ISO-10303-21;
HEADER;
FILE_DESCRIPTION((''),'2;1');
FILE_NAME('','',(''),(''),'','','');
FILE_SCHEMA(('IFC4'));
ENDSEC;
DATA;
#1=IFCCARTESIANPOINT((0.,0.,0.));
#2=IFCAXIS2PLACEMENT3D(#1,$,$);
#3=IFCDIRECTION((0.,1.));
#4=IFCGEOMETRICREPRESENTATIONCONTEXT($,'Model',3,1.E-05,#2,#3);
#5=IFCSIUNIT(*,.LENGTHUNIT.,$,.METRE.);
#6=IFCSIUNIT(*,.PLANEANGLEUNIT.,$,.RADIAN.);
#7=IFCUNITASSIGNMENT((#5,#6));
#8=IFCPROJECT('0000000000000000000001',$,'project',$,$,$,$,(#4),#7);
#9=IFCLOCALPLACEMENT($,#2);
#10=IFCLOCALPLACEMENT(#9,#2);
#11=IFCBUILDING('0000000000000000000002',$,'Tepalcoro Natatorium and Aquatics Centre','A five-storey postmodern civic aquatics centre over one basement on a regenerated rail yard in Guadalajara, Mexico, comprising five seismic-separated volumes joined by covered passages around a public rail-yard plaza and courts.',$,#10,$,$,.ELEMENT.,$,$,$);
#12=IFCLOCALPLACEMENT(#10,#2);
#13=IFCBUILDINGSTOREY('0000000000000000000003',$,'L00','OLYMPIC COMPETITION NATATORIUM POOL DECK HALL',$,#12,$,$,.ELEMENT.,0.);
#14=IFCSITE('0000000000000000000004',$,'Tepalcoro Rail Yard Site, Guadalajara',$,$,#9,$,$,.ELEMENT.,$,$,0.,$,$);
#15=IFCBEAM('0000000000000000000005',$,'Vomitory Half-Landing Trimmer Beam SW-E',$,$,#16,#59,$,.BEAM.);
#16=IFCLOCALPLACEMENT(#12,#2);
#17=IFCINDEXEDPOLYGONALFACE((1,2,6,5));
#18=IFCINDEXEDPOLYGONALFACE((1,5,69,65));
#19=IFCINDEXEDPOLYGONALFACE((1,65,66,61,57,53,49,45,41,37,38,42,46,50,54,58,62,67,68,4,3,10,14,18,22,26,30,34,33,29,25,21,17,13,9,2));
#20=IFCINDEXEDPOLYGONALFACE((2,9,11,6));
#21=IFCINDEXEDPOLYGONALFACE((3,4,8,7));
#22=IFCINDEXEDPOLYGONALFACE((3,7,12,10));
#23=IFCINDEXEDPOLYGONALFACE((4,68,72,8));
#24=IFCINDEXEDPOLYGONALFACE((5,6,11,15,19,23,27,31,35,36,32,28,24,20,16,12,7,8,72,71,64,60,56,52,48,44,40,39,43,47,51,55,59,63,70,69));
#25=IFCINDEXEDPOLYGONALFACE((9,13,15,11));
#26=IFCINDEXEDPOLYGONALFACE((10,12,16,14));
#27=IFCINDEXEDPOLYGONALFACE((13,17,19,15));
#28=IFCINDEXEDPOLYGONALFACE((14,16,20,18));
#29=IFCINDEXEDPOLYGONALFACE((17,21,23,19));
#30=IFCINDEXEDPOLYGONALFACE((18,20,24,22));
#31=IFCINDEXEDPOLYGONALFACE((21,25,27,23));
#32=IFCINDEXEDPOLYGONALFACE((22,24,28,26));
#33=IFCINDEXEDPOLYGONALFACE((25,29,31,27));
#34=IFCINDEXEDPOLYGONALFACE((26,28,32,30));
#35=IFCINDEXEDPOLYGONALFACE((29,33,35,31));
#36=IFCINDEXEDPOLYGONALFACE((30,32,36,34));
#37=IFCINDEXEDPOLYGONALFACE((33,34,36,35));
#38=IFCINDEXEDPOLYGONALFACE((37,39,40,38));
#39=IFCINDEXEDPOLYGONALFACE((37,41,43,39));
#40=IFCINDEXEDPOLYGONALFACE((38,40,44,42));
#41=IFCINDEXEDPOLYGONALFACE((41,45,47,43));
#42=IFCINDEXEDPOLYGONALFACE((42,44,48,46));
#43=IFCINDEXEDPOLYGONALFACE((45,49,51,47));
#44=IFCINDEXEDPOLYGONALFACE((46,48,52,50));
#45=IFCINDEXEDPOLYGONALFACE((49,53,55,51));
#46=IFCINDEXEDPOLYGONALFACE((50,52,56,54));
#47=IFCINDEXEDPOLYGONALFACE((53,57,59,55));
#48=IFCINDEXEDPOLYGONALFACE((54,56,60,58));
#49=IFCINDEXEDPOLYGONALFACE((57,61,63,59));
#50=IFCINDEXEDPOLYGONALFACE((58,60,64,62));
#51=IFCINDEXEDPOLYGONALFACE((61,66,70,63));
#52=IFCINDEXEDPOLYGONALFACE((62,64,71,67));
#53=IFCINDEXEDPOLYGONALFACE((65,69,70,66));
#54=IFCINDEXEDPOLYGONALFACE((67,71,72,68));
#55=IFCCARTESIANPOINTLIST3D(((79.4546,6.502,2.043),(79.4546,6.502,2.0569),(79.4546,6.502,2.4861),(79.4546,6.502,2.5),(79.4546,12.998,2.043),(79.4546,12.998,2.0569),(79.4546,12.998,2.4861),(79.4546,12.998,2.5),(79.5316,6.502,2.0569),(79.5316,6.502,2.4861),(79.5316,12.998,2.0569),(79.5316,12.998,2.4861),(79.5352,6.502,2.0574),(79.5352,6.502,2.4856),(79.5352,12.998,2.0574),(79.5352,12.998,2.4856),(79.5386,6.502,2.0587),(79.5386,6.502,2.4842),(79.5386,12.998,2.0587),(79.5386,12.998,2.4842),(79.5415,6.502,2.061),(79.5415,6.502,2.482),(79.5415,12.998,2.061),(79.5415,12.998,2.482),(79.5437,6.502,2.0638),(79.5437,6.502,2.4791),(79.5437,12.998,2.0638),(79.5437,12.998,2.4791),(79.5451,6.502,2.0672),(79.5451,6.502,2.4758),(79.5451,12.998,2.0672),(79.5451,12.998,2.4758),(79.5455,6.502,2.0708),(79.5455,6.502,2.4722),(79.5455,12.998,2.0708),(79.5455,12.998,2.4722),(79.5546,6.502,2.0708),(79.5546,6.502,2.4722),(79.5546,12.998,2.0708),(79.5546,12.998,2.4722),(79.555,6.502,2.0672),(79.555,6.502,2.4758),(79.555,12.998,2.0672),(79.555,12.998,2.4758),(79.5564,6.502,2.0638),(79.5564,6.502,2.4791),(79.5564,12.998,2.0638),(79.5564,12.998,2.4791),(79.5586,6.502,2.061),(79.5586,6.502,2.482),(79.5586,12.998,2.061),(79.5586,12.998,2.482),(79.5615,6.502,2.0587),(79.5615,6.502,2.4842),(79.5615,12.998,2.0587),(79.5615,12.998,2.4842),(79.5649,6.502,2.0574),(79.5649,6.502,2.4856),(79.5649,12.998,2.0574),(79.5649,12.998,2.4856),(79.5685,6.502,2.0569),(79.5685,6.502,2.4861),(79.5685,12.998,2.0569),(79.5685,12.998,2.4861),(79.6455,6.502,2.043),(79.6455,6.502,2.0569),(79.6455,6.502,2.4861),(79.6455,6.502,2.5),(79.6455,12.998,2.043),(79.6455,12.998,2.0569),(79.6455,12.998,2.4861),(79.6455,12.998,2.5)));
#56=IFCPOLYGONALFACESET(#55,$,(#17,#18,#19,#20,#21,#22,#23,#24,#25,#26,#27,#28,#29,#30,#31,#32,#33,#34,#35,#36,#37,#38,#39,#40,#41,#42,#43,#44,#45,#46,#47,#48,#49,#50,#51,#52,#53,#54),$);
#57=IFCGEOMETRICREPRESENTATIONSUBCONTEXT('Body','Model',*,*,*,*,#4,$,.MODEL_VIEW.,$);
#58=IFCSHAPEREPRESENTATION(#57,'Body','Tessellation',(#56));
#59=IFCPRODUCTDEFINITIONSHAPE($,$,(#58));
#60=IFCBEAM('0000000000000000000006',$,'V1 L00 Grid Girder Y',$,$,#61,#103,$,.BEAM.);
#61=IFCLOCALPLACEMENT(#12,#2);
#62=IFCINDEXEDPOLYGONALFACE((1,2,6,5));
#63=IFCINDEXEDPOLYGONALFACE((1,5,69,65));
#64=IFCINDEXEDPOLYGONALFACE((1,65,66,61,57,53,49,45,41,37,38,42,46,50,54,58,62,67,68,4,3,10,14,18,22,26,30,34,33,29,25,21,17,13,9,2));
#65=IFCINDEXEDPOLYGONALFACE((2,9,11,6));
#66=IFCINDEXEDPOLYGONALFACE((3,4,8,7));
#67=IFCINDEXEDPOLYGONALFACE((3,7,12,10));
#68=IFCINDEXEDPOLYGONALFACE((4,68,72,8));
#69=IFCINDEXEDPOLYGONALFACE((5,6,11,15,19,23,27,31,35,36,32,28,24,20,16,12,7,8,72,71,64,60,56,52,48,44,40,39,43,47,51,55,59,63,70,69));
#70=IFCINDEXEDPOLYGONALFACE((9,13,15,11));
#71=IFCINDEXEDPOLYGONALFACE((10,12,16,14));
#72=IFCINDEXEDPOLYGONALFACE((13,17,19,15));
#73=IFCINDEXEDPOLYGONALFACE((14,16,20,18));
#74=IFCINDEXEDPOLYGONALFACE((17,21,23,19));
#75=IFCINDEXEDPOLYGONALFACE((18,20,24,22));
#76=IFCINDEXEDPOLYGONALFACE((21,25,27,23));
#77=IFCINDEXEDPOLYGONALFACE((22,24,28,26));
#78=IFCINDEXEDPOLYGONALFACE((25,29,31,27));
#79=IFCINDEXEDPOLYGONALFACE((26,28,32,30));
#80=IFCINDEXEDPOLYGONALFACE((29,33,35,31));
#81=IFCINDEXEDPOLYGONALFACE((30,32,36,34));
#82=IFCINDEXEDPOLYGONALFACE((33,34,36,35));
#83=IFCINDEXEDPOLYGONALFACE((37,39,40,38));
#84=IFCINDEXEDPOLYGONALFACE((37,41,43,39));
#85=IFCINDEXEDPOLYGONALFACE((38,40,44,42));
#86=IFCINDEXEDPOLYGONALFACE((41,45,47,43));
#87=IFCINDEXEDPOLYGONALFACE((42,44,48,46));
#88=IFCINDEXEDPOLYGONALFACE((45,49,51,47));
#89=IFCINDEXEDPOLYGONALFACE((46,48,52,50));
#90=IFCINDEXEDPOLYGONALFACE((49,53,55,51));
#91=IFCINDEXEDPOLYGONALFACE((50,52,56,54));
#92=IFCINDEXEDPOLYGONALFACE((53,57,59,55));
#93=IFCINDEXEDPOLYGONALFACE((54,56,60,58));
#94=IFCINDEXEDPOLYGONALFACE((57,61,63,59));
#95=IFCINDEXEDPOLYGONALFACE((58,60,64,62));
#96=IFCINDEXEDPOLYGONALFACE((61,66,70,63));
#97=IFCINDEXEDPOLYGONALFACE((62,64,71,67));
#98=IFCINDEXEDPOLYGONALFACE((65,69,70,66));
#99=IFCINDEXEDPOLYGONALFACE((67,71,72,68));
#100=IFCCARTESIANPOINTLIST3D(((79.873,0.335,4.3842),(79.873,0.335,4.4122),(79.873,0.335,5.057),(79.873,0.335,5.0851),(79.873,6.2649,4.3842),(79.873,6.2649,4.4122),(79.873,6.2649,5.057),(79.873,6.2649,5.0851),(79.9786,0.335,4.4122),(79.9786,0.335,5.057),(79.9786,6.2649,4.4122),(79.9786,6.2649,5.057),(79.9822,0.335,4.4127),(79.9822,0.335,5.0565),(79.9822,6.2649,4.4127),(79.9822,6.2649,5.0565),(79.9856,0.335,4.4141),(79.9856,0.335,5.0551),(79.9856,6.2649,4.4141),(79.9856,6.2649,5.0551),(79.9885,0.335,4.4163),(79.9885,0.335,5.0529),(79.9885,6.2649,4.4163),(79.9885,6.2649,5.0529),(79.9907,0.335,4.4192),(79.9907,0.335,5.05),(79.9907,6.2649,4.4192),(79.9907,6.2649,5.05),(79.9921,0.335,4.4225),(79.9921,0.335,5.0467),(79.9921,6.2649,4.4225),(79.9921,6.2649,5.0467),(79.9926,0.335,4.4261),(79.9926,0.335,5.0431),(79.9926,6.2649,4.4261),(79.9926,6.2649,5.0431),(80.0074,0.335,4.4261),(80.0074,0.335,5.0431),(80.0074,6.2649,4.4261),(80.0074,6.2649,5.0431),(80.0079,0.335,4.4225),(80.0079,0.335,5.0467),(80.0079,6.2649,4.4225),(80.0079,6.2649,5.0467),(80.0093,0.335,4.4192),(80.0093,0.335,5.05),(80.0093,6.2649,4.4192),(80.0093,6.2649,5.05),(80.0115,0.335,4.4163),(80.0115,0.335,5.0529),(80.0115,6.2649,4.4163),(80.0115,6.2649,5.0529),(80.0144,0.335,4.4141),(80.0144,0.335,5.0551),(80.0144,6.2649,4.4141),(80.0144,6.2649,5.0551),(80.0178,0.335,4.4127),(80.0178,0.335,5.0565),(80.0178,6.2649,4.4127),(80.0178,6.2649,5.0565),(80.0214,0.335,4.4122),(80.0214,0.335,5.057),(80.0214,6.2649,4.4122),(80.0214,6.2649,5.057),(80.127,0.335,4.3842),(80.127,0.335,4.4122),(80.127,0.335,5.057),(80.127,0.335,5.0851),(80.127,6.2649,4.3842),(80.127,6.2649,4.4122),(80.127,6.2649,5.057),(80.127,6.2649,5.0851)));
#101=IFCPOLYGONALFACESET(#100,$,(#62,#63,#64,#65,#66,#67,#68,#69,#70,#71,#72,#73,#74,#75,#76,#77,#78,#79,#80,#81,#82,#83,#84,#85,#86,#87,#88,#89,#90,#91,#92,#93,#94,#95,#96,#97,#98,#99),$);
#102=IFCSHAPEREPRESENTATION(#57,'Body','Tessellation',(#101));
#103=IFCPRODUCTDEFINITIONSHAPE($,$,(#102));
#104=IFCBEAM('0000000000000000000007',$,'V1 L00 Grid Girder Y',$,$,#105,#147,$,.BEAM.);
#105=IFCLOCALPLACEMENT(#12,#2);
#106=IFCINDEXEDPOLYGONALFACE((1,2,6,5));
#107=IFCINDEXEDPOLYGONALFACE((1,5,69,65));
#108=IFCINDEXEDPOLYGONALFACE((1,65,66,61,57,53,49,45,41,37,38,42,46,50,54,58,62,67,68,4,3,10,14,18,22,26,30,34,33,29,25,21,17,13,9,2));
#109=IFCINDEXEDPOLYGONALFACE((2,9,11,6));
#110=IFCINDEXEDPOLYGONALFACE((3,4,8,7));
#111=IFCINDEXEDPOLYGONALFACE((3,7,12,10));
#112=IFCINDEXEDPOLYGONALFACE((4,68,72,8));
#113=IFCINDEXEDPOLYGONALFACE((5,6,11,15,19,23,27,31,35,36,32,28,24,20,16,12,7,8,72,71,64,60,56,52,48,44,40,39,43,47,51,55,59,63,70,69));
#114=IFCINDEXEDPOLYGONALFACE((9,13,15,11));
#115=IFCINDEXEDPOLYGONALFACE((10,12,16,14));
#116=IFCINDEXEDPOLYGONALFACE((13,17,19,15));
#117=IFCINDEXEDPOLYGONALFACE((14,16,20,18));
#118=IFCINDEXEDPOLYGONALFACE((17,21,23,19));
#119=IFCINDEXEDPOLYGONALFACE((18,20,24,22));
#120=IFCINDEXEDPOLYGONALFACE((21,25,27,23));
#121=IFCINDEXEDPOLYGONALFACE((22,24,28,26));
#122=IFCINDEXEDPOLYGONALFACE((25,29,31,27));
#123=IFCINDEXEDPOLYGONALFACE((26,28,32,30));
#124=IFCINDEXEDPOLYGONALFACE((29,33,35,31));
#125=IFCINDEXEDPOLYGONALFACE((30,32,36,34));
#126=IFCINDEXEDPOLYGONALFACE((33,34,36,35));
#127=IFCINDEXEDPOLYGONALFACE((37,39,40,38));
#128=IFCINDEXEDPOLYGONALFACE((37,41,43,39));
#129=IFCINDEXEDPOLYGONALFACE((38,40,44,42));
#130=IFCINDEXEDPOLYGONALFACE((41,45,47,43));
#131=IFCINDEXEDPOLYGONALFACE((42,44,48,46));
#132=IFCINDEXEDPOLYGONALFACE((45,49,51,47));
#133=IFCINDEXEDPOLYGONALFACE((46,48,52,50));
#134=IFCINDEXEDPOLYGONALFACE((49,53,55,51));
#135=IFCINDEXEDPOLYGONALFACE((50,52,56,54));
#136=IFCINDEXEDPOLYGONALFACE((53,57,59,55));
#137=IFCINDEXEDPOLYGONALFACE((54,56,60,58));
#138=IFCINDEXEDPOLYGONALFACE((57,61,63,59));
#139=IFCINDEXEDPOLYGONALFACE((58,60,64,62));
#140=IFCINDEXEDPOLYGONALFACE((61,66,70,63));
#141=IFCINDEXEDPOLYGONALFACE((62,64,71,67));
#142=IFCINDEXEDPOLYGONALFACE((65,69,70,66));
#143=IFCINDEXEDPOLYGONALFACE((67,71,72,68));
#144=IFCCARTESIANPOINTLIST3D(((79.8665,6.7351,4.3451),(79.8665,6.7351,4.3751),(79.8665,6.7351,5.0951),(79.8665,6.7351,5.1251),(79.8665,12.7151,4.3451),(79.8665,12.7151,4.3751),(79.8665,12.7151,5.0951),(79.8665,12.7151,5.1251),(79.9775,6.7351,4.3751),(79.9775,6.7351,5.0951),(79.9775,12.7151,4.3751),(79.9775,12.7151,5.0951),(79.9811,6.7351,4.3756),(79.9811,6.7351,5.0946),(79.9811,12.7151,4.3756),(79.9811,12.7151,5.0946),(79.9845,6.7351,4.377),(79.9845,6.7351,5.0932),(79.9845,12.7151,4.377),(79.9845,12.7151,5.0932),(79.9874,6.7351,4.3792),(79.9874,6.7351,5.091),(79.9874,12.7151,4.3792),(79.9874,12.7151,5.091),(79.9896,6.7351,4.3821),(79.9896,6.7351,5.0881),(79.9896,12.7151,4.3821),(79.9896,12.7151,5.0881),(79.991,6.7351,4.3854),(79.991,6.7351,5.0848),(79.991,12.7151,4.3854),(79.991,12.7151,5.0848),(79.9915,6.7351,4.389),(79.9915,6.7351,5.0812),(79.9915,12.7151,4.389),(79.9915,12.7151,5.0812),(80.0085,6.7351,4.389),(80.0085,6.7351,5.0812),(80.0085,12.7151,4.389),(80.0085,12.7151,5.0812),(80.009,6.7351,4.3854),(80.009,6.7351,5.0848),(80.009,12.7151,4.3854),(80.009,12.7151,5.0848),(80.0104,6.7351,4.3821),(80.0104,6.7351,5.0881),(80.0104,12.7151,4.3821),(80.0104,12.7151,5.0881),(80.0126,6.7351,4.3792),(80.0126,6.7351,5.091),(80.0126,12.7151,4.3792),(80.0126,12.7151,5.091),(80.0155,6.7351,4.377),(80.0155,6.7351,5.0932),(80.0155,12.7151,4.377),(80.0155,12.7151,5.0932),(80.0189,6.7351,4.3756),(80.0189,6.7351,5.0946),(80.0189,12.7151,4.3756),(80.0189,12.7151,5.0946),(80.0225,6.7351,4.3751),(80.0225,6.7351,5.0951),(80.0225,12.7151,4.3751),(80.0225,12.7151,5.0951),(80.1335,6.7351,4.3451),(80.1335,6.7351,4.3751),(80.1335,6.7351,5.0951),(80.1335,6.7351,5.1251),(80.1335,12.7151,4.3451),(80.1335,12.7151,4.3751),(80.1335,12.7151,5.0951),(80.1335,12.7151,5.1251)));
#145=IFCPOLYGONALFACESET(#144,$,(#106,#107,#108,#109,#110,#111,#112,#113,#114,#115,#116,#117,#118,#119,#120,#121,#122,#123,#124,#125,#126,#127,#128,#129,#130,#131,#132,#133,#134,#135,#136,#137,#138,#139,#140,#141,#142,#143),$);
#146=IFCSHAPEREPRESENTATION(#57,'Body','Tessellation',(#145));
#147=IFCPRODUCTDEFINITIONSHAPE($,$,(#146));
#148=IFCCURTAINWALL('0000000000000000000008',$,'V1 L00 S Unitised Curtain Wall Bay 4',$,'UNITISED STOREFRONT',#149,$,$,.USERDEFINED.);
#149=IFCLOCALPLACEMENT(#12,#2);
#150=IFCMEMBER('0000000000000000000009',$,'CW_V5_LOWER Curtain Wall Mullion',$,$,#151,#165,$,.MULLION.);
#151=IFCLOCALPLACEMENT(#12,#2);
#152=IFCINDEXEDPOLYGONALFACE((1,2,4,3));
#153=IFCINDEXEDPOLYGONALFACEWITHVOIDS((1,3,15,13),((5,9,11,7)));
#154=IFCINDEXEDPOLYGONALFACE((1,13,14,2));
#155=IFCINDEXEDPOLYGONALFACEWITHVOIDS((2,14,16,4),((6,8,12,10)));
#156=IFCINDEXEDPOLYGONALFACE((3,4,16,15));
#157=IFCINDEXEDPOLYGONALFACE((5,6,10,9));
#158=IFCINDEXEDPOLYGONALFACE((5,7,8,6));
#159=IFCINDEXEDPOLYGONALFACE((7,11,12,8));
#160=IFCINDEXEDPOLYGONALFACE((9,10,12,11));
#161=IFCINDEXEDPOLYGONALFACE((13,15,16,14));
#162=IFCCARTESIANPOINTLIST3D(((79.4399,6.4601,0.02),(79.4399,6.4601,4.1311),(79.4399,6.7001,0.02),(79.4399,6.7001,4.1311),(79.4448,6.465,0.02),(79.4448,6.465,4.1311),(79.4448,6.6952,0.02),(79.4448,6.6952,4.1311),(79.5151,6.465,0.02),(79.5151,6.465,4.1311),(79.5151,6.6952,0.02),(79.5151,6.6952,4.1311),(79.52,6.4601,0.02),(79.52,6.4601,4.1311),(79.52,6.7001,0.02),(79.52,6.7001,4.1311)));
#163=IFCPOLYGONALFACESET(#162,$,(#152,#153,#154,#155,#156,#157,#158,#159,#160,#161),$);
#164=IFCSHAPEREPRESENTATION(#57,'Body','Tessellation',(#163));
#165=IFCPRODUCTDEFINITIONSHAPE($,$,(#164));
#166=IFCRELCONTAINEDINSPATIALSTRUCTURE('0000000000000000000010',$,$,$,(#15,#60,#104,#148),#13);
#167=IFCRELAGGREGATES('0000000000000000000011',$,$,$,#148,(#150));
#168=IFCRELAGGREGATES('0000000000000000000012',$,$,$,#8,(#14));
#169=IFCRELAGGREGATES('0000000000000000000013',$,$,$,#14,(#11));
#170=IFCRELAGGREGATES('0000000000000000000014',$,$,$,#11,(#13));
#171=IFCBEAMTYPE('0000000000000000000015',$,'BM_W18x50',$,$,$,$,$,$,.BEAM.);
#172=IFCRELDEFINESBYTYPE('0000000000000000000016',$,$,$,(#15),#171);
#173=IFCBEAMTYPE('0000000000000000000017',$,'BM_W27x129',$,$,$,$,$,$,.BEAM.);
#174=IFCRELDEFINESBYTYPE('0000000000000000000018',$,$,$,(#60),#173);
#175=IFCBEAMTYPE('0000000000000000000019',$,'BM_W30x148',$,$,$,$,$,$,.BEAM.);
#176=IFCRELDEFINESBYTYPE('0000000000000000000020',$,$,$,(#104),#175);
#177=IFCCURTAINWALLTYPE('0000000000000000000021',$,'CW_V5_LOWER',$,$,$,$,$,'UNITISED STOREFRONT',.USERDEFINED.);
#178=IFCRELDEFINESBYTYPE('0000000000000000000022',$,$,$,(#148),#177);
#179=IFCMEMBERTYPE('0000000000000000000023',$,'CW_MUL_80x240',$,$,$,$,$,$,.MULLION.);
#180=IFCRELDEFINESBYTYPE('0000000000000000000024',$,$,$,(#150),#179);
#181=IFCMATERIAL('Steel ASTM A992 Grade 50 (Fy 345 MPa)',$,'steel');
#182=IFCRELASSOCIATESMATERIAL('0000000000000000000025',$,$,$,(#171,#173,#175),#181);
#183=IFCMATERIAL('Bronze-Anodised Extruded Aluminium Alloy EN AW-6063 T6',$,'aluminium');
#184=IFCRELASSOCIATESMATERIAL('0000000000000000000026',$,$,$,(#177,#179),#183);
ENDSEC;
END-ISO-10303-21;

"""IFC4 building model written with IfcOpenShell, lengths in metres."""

from ifc_helpers import new_model, si_unit, direction, frame, origin, origin_2d, place, context, subcontext, project, spatial, hollow_rectangle, i_section, extrude, material, material_profile, profile_set, type_object, element, aggregate, save


model = new_model("IFC4")

# Units and contexts
model_context = context("Model", 3, precision=1e-05, world=origin(), true_north=direction((0.0, 1.0)))
body_context = subcontext(model_context, "Body", "Model", "MODEL_VIEW")
ifc_project = project(units=[si_unit("LENGTHUNIT", "METRE"), si_unit("PLANEANGLEUNIT", "RADIAN")], contexts=[model_context])

# Site, building, storey
site_placement = place(None, origin())
site = spatial("IfcSite", under=ifc_project, at=site_placement, Name="Tepalcoro Rail Yard Site, Guadalajara", CompositionType="ELEMENT", RefElevation=0.0)
building_placement = place(site_placement, origin())
building = spatial("IfcBuilding", under=site, at=building_placement, Name="Tepalcoro Natatorium and Aquatics Centre", Description="A five-storey postmodern civic aquatics centre over one basement on a regenerated rail yard in Guadalajara, Mexico, comprising five seismic-separated volumes joined by covered passages around a public rail-yard plaza and courts.", CompositionType="ELEMENT")
storey_placement = place(building_placement, origin())
storey = spatial("IfcBuildingStorey", under=building, at=storey_placement, Name="L00", Description="OLYMPIC COMPETITION NATATORIUM POOL DECK HALL", CompositionType="ELEMENT", Elevation=0.0)

# Beams
ifc_material_1 = material(Name="Steel ASTM A992 Grade 50 (Fy 345 MPa)", Category="steel")
ifc_material_profile_1 = material_profile(ifc_material_1, i_section(OverallWidth=0.1909, OverallDepth=0.457, WebThickness=0.009, FlangeThickness=0.0139, FilletRadius=0.0139, at=origin_2d()), Name="W18X50")
ifc_profile_set_1 = profile_set([ifc_material_profile_1], Name="Steel ASTM A992 Grade 50 (Fy 345 MPa)")
beam_type_1 = type_object("IfcBeamType", Name="BM_W18x50", PredefinedType="BEAM", material=ifc_profile_set_1)
beam_1_placement = place(storey_placement, frame((79.55, 6.502, 2.2715), z_axis=(0.0, 1.0, 0.0), x_axis=(-1.0, 0.0, 0.0)))
element("IfcBeam", 1, at=beam_1_placement, inside=storey, type_object=beam_type_1, Name="Vomitory Half-Landing Trimmer Beam SW-E", PredefinedType="BEAM", context=body_context, shape_type="SweptSolid", body=[
    extrude(i_section(OverallWidth=0.1909, OverallDepth=0.457, WebThickness=0.009, FlangeThickness=0.0139, FilletRadius=0.0139, at=origin_2d()), origin(), (0.0, 0.0, 1.0), 6.4961),
])
ifc_material_profile_2 = material_profile(ifc_material_1, i_section(OverallWidth=0.2539, OverallDepth=0.7009, WebThickness=0.0149, FlangeThickness=0.0281, FilletRadius=0.0139, at=origin_2d()), Name="W27X129")
ifc_profile_set_2 = profile_set([ifc_material_profile_2], Name="Steel ASTM A992 Grade 50 (Fy 345 MPa)")
beam_type_2 = type_object("IfcBeamType", Name="BM_W27x129", PredefinedType="BEAM", material=ifc_profile_set_2)
beam_2_placement = place(storey_placement, frame((80.0, 0.335, 4.7346), z_axis=(0.0, 1.0, 0.0), x_axis=(-1.0, 0.0, 0.0)))
element("IfcBeam", 2, at=beam_2_placement, inside=storey, type_object=beam_type_2, Name="V1 L00 Grid Girder Y", PredefinedType="BEAM", context=body_context, shape_type="SweptSolid", body=[
    extrude(i_section(OverallWidth=0.2539, OverallDepth=0.7009, WebThickness=0.0149, FlangeThickness=0.0281, FilletRadius=0.0139, at=origin_2d()), origin(), (0.0, 0.0, 1.0), 5.9299),
])
ifc_material_profile_3 = material_profile(ifc_material_1, i_section(OverallWidth=0.2671, OverallDepth=0.78, WebThickness=0.0171, FlangeThickness=0.03, FilletRadius=0.0139, at=origin_2d()), Name="W30X148")
ifc_profile_set_3 = profile_set([ifc_material_profile_3], Name="Steel ASTM A992 Grade 50 (Fy 345 MPa)")
beam_type_3 = type_object("IfcBeamType", Name="BM_W30x148", PredefinedType="BEAM", material=ifc_profile_set_3)
beam_3_placement = place(storey_placement, frame((80.0, 6.7351, 4.7351), z_axis=(0.0, 1.0, 0.0), x_axis=(-1.0, 0.0, 0.0)))
element("IfcBeam", 3, at=beam_3_placement, inside=storey, type_object=beam_type_3, Name="V1 L00 Grid Girder Y", PredefinedType="BEAM", context=body_context, shape_type="SweptSolid", body=[
    extrude(i_section(OverallWidth=0.2671, OverallDepth=0.78, WebThickness=0.0171, FlangeThickness=0.03, FilletRadius=0.0139, at=origin_2d()), origin(), (0.0, 0.0, 1.0), 5.98),
])

# Curtain wall, member
ifc_material_2 = material(Name="Bronze-Anodised Extruded Aluminium Alloy EN AW-6063 T6", Category="aluminium")
curtain_wall_type = type_object("IfcCurtainWallType", Name="CW_V5_LOWER", ElementType="UNITISED STOREFRONT", PredefinedType="USERDEFINED", material=ifc_material_2)
curtain_wall_placement = place(storey_placement, origin())
curtain_wall = element("IfcCurtainWall", 4, at=curtain_wall_placement, inside=storey, type_object=curtain_wall_type, Name="V1 L00 S Unitised Curtain Wall Bay 4", ObjectType="UNITISED STOREFRONT", PredefinedType="USERDEFINED")
ifc_material_profile_4 = material_profile(ifc_material_2, hollow_rectangle(XDim=0.0801, YDim=0.24, WallThickness=0.0049, at=origin_2d()), Name="AL80X240X5")
ifc_profile_set_4 = profile_set([ifc_material_profile_4], Name="Bronze-Anodised Extruded Aluminium Alloy EN AW-6063 T6")
member_type = type_object("IfcMemberType", Name="CW_MUL_80x240", PredefinedType="MULLION", material=ifc_profile_set_4)
member_placement = place(storey_placement, frame((79.48, 6.5801, 0.02), z_axis=(0.0, 0.0, 1.0), x_axis=(1.0, 0.0, 0.0)))
member = element("IfcMember", 5, at=member_placement, type_object=member_type, Name="CW_V5_LOWER Curtain Wall Mullion", PredefinedType="MULLION", context=body_context, shape_type="SweptSolid", body=[
    extrude(hollow_rectangle(XDim=0.0801, YDim=0.24, WallThickness=0.0049, at=origin_2d()), origin(), (0.0, 0.0, 1.0), 4.1111),
])
aggregate(curtain_wall, [member])

save(model, "model.ifc")
